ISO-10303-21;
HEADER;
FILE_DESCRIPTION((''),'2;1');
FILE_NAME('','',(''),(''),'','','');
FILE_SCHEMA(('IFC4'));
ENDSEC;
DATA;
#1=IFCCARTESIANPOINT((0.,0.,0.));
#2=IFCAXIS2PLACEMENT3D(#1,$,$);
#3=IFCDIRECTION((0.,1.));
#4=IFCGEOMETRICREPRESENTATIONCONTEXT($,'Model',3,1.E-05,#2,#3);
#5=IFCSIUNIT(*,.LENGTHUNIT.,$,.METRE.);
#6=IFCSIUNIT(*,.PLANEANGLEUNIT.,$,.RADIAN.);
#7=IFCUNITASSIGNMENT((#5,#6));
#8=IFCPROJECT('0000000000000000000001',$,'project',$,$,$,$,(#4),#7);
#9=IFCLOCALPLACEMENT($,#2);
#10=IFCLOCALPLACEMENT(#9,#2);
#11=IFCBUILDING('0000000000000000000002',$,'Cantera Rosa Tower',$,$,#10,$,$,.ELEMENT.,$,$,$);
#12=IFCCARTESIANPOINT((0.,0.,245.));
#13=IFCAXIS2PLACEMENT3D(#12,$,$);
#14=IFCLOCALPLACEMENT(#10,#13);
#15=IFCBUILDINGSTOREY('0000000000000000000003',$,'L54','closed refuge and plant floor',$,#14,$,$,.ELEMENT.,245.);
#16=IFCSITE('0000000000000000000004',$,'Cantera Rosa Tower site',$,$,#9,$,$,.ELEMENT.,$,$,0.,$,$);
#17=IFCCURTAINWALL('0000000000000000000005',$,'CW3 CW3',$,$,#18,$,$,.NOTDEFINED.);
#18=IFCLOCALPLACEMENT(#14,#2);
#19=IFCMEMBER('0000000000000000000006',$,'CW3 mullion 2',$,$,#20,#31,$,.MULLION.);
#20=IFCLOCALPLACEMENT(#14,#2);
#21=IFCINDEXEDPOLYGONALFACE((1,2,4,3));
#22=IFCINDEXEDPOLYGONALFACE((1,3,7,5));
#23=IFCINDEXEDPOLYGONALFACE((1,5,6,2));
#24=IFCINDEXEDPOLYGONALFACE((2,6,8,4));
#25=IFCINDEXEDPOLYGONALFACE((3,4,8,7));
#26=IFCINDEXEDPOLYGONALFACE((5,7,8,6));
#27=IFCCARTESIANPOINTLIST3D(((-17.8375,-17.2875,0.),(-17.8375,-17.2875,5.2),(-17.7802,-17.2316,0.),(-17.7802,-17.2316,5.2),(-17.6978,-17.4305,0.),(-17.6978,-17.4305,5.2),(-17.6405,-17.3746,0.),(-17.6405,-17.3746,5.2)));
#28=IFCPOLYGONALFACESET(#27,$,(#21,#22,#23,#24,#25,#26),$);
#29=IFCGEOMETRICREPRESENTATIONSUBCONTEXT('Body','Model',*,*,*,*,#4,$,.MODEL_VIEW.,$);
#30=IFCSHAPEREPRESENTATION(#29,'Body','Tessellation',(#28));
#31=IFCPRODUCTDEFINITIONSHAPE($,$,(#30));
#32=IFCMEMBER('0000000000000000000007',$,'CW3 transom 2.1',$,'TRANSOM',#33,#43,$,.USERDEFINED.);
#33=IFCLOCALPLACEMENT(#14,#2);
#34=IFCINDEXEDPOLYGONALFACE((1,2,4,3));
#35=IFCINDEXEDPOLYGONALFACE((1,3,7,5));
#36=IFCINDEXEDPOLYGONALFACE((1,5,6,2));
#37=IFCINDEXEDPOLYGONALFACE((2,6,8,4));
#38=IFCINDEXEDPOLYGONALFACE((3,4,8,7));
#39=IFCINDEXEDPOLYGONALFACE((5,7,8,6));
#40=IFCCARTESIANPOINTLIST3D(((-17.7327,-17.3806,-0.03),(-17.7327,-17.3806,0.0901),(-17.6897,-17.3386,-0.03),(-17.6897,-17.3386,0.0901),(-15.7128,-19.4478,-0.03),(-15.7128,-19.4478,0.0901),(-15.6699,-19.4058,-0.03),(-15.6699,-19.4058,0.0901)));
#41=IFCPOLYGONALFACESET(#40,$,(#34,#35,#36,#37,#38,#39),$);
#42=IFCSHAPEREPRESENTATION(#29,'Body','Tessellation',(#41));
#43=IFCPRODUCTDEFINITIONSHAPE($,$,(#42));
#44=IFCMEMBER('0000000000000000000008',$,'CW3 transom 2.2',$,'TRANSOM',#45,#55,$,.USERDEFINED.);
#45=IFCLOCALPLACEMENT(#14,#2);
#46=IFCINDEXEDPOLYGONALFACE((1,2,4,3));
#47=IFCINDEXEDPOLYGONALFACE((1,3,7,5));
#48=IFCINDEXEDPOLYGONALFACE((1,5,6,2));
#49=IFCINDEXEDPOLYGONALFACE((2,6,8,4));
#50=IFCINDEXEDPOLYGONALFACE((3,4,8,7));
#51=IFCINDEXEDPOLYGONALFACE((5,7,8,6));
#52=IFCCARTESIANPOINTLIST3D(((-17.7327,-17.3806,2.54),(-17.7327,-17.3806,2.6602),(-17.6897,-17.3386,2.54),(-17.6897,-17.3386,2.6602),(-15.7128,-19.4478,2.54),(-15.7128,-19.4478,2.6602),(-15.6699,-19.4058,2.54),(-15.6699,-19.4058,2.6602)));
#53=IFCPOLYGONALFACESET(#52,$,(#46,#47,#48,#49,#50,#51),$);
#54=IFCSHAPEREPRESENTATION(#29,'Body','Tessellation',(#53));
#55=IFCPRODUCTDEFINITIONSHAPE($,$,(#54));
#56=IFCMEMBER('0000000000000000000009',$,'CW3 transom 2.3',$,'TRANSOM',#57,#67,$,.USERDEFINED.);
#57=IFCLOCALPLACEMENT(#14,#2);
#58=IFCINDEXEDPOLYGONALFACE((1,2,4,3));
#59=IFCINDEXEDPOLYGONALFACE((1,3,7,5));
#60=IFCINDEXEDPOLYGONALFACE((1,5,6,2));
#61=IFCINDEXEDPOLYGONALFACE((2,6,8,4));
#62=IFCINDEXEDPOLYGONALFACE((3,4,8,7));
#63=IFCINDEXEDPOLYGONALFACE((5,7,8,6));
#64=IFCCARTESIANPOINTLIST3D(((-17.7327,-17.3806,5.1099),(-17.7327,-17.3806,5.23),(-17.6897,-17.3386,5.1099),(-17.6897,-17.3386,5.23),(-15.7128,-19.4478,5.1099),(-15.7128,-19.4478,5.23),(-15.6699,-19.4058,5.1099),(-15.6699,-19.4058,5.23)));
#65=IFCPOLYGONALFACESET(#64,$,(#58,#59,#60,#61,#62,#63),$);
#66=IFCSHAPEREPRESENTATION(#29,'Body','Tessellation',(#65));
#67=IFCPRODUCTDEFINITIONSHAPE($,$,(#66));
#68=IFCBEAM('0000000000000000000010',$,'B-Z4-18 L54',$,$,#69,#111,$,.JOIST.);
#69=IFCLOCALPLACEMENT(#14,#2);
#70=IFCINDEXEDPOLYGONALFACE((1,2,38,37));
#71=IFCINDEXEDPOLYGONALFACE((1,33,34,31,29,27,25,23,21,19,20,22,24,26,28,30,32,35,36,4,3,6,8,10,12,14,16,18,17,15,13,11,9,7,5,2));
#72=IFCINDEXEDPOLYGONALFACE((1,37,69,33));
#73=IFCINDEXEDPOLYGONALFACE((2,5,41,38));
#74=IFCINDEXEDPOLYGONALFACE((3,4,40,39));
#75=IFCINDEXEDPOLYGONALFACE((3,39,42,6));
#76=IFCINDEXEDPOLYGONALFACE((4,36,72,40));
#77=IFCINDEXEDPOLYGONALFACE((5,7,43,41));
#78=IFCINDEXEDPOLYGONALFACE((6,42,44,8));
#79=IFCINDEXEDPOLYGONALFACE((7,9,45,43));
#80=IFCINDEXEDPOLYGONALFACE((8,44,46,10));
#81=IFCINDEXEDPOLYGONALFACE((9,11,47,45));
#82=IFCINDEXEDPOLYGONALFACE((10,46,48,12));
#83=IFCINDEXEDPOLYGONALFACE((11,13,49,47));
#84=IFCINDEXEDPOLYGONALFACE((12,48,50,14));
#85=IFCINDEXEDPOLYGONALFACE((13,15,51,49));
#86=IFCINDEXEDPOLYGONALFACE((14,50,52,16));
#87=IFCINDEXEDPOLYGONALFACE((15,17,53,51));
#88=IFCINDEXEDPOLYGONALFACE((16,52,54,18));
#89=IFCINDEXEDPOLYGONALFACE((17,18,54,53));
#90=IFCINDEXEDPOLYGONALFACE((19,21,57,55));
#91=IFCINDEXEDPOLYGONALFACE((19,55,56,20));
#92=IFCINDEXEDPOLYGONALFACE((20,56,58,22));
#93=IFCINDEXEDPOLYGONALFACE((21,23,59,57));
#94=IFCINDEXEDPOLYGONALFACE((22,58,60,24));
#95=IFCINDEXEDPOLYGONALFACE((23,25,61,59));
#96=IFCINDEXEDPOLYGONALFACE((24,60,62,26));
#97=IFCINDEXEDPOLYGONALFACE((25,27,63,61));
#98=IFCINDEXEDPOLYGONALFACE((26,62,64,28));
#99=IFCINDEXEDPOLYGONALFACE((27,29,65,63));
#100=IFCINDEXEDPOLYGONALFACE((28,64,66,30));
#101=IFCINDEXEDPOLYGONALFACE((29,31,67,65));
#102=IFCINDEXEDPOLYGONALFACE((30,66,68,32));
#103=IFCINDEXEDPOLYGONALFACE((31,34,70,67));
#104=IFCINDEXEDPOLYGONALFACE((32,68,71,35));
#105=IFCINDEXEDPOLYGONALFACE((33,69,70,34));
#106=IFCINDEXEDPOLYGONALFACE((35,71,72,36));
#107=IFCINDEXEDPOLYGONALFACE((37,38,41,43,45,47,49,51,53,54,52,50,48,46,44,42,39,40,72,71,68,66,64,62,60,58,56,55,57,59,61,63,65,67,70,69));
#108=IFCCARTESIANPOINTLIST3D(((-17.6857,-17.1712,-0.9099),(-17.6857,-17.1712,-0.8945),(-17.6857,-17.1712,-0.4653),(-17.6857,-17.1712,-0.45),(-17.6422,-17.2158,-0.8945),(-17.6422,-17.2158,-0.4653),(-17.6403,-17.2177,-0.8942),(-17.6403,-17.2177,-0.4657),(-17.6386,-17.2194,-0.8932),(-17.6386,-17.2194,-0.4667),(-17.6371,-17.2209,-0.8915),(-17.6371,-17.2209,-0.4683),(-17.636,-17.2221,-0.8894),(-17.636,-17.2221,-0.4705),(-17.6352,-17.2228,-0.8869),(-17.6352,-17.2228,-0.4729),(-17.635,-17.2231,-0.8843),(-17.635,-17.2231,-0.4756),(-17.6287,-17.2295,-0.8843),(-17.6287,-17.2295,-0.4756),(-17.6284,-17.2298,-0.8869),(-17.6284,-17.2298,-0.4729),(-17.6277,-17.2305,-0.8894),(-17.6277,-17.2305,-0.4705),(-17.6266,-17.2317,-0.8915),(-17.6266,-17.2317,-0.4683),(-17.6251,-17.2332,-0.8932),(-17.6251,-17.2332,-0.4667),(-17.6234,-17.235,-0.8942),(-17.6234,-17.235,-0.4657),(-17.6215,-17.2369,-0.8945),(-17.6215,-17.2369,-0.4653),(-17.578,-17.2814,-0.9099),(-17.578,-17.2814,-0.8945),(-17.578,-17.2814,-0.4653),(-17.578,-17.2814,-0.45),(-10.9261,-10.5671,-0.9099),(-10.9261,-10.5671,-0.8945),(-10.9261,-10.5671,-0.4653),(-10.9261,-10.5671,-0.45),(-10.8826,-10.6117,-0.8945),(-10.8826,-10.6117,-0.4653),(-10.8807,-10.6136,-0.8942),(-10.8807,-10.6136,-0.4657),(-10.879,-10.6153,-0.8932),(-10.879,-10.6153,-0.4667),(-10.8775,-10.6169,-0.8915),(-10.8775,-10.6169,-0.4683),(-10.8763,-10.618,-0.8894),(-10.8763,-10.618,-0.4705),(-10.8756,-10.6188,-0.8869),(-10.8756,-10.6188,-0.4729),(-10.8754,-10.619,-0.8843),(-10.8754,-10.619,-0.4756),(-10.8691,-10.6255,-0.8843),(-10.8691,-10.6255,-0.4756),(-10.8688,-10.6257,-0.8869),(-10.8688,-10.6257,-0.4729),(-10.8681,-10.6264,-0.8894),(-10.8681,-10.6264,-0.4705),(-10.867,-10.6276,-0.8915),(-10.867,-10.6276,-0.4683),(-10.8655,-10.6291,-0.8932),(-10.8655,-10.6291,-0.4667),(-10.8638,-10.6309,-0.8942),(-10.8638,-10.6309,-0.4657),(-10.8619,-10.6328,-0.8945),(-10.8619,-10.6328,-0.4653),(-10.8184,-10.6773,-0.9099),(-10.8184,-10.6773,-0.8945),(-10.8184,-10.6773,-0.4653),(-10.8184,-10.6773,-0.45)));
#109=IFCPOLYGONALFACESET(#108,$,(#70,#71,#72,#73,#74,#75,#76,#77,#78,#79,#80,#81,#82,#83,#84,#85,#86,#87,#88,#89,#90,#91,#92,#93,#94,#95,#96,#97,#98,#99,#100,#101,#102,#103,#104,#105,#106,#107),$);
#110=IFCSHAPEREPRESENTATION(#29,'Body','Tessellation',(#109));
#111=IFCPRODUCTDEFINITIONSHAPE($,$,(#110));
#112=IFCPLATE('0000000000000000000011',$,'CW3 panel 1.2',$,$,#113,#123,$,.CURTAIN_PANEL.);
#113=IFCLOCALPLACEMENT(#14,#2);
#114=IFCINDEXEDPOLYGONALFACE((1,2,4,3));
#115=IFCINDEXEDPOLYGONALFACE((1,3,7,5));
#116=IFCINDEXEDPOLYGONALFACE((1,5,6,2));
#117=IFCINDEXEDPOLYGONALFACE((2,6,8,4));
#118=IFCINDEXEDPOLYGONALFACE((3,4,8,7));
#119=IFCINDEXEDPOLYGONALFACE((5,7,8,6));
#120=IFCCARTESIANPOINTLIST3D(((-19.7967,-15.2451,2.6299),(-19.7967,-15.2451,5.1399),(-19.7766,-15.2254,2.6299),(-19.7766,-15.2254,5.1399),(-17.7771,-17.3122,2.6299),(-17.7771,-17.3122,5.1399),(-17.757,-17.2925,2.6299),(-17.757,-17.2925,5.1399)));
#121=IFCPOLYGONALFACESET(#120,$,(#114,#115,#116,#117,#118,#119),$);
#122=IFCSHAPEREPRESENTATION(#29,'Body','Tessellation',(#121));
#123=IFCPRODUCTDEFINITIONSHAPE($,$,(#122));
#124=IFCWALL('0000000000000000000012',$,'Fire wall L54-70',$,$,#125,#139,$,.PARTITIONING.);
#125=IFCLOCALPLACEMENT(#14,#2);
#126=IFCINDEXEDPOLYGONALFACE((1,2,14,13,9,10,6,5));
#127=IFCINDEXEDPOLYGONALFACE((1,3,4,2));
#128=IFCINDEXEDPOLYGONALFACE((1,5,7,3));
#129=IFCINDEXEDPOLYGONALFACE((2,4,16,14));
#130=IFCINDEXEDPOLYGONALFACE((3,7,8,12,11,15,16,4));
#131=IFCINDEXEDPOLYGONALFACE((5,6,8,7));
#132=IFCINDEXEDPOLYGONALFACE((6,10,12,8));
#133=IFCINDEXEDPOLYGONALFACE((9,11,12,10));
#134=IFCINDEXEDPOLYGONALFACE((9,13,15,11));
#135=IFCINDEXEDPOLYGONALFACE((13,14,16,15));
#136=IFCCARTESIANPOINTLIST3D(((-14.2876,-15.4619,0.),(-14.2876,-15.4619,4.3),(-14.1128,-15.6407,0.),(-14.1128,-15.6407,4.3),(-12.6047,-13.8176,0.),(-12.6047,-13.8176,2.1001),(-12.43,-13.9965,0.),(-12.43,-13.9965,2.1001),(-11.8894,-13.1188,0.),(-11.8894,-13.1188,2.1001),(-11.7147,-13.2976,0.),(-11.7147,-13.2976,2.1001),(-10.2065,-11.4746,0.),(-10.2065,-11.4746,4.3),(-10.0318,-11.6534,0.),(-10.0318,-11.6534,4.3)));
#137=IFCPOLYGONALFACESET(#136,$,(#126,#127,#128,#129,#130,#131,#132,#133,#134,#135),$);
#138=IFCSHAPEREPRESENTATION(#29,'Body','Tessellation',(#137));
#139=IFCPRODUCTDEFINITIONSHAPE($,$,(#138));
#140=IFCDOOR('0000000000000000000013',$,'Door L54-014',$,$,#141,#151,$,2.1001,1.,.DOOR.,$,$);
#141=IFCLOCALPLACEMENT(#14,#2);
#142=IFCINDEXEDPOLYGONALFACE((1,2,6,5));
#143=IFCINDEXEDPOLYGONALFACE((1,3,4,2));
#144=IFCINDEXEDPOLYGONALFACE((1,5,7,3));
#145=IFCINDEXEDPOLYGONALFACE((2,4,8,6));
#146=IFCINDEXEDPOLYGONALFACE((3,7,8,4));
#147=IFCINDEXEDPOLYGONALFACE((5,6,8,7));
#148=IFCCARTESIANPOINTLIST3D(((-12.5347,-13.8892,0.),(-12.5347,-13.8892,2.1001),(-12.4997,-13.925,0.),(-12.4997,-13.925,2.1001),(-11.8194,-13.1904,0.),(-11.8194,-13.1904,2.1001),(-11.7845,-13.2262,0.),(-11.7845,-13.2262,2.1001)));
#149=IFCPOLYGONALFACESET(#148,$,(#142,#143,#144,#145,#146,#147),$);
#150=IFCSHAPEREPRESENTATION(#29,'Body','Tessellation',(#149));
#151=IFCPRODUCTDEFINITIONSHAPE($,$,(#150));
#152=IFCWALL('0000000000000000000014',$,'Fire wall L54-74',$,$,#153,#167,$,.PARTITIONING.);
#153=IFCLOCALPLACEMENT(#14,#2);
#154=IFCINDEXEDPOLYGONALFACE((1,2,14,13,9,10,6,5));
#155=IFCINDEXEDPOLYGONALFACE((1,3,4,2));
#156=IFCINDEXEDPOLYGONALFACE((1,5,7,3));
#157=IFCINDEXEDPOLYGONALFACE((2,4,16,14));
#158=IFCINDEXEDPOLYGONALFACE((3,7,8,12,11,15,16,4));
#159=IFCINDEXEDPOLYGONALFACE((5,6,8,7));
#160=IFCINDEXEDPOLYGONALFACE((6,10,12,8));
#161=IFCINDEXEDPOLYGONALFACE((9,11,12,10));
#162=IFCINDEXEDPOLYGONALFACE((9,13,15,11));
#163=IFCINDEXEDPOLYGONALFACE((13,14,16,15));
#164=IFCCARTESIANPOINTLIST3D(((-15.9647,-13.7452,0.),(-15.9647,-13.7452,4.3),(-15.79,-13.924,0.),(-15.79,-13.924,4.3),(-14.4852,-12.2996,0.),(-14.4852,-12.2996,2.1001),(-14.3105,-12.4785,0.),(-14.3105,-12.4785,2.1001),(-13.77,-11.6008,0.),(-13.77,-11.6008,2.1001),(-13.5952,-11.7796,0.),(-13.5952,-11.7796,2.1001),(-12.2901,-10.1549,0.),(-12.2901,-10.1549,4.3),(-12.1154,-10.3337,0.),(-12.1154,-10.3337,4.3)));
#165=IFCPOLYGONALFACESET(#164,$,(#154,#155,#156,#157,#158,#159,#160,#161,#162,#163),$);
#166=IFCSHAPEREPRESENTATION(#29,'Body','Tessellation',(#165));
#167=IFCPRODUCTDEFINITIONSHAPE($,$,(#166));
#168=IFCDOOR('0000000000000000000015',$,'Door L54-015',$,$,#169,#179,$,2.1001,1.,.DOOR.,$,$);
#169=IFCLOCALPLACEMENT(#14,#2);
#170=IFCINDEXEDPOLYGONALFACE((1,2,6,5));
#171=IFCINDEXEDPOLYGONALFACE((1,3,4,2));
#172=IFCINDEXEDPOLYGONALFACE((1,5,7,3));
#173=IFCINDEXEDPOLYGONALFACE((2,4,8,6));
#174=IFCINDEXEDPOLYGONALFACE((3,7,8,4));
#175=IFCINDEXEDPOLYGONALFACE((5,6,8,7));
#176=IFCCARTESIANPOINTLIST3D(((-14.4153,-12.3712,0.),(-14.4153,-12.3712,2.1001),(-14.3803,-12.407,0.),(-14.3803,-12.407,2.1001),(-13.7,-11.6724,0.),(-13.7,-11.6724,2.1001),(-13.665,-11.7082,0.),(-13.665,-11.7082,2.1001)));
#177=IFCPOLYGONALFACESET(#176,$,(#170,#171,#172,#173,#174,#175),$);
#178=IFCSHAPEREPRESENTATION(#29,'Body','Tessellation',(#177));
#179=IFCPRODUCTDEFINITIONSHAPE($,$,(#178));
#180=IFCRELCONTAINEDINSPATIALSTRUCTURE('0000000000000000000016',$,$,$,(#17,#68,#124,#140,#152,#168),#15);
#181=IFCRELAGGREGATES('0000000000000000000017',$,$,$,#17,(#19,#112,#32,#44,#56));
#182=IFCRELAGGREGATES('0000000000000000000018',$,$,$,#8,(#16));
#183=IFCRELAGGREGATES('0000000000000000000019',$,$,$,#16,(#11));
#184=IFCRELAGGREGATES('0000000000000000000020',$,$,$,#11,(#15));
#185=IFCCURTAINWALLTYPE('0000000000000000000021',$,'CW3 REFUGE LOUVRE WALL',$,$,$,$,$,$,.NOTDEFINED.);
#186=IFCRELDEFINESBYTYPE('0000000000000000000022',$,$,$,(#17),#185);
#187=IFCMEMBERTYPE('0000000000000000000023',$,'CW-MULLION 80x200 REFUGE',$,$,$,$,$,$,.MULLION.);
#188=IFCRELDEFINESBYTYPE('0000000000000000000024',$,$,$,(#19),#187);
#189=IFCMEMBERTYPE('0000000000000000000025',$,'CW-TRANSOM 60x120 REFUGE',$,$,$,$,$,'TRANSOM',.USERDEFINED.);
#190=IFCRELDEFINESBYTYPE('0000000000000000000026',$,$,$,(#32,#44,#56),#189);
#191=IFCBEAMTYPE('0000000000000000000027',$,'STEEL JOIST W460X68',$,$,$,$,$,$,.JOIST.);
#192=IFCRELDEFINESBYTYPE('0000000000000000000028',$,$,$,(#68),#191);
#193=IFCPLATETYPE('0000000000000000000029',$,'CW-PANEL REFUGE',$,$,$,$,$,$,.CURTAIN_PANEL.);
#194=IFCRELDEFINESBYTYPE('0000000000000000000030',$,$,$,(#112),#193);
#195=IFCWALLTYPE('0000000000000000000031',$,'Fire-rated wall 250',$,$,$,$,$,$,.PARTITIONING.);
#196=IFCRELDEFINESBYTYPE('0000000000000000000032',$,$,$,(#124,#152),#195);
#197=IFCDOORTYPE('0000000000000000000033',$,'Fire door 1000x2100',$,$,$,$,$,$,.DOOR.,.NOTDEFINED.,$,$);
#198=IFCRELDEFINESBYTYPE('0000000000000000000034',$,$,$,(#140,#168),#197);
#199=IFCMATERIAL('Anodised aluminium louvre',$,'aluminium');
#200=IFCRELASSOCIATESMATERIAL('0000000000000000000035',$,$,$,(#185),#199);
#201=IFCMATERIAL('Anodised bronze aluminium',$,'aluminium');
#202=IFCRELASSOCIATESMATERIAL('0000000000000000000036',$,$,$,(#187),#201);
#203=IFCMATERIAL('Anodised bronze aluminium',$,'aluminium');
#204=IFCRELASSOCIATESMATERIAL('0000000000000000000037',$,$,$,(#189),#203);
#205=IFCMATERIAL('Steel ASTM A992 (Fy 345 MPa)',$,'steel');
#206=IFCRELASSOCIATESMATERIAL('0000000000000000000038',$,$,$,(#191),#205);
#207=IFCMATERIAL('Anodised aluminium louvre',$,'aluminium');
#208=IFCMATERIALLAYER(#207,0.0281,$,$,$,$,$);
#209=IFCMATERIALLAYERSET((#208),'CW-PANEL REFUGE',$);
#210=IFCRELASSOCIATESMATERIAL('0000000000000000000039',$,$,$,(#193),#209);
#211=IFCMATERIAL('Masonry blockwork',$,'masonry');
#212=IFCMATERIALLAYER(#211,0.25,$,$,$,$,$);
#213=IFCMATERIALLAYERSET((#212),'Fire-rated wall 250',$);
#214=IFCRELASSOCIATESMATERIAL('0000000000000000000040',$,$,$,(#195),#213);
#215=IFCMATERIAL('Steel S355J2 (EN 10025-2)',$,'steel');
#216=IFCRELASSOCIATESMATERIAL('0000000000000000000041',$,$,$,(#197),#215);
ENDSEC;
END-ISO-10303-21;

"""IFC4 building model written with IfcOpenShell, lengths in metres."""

from ifc_helpers import new_model, si_unit, direction, frame, frame_2d, origin, origin_2d, place, context, subcontext, project, spatial, rectangle, i_section, extrude, material, layer, layer_set, material_profile, profile_set, type_object, element, fill, aggregate, save


model = new_model("IFC4")

# Units and contexts
model_context = context("Model", 3, precision=1e-05, world=origin(), true_north=direction((0.0, 1.0)))
body_context = subcontext(model_context, "Body", "Model", "MODEL_VIEW")
ifc_project = project(units=[si_unit("LENGTHUNIT", "METRE"), si_unit("PLANEANGLEUNIT", "RADIAN")], contexts=[model_context])

# Site, building, storey
site_placement = place(None, origin())
site = spatial("IfcSite", under=ifc_project, at=site_placement, Name="Cantera Rosa Tower site", CompositionType="ELEMENT", RefElevation=0.0)
building_placement = place(site_placement, origin())
building = spatial("IfcBuilding", under=site, at=building_placement, Name="Cantera Rosa Tower", CompositionType="ELEMENT")
storey_placement = place(building_placement, frame((0.0, 0.0, 245.0)))
storey = spatial("IfcBuildingStorey", under=building, at=storey_placement, Name="L54", Description="closed refuge and plant floor", CompositionType="ELEMENT", Elevation=245.0)

# Curtain wall, members
ifc_material_1 = material(Name="Anodised aluminium louvre", Category="aluminium")
curtain_wall_type = type_object("IfcCurtainWallType", Name="CW3 REFUGE LOUVRE WALL", PredefinedType="NOTDEFINED", material=ifc_material_1)
curtain_wall_placement = place(storey_placement, origin())
curtain_wall = element("IfcCurtainWall", 1, at=curtain_wall_placement, inside=storey, type_object=curtain_wall_type, Name="CW3 CW3", PredefinedType="NOTDEFINED")
ifc_material_2 = material(Name="Anodised bronze aluminium", Category="aluminium")
ifc_material_profile_1 = material_profile(ifc_material_2, rectangle(XDim=0.0801, YDim=0.2, at=origin_2d()), Name="CW-MULLION 80x200 REFUGE")
ifc_profile_set_1 = profile_set([ifc_material_profile_1], Name="Anodised bronze aluminium")
member_type_1 = type_object("IfcMemberType", Name="CW-MULLION 80x200 REFUGE", PredefinedType="MULLION", material=ifc_profile_set_1)
member_1_placement = place(storey_placement, frame((-17.739, -17.3311, 0.0), z_axis=(0.0, 0.0, 1.0), x_axis=(0.715286, 0.698832, 0.0)))
member_1 = element("IfcMember", 2, at=member_1_placement, type_object=member_type_1, Name="CW3 mullion 2", PredefinedType="MULLION", context=body_context, shape_type="SweptSolid", body=[
    extrude(rectangle(XDim=0.0801, YDim=0.2, at=origin_2d()), origin(), (0.0, 0.0, 1.0), 5.2),
])
ifc_material_3 = material(Name="Anodised bronze aluminium", Category="aluminium")
ifc_material_profile_2 = material_profile(ifc_material_3, rectangle(XDim=0.0601, YDim=0.1201, at=origin_2d()), Name="CW-TRANSOM 60x120 REFUGE")
ifc_profile_set_2 = profile_set([ifc_material_profile_2], Name="Anodised bronze aluminium")
member_type_2 = type_object("IfcMemberType", Name="CW-TRANSOM 60x120 REFUGE", ElementType="TRANSOM", PredefinedType="USERDEFINED", material=ifc_profile_set_2)
member_2_placement = place(storey_placement, frame((-17.7112, -17.3596, 0.03), z_axis=(0.698865, -0.715253, 0.0), x_axis=(0.715253, 0.698865, 0.0)))
member_2 = element("IfcMember", 3, at=member_2_placement, type_object=member_type_2, Name="CW3 transom 2.1", ObjectType="TRANSOM", PredefinedType="USERDEFINED", context=body_context, shape_type="SweptSolid", body=[
    extrude(rectangle(XDim=0.0601, YDim=0.1201, at=origin_2d()), origin(), (0.0, 0.0, 1.0), 2.8901),
])
member_3_placement = place(storey_placement, frame((-17.7112, -17.3596, 2.6001), z_axis=(0.698865, -0.715253, 0.0), x_axis=(0.715253, 0.698865, 0.0)))
member_3 = element("IfcMember", 4, at=member_3_placement, type_object=member_type_2, Name="CW3 transom 2.2", ObjectType="TRANSOM", PredefinedType="USERDEFINED", context=body_context, shape_type="SweptSolid", body=[
    extrude(rectangle(XDim=0.0601, YDim=0.1201, at=origin_2d()), origin(), (0.0, 0.0, 1.0), 2.8901),
])
member_4_placement = place(storey_placement, frame((-17.7112, -17.3596, 5.1699), z_axis=(0.698865, -0.715253, 0.0), x_axis=(0.715253, 0.698865, 0.0)))
member_4 = element("IfcMember", 5, at=member_4_placement, type_object=member_type_2, Name="CW3 transom 2.3", ObjectType="TRANSOM", PredefinedType="USERDEFINED", context=body_context, shape_type="SweptSolid", body=[
    extrude(rectangle(XDim=0.0601, YDim=0.1201, at=origin_2d()), origin(), (0.0, 0.0, 1.0), 2.8901),
])

# Beam
ifc_material_4 = material(Name="Steel ASTM A992 (Fy 345 MPa)", Category="steel")
ifc_material_profile_3 = material_profile(ifc_material_4, i_section(OverallWidth=0.1541, OverallDepth=0.46, WebThickness=0.009, FlangeThickness=0.0154, FilletRadius=0.0103, at=origin_2d()), Name="W460X68")
ifc_profile_set_3 = profile_set([ifc_material_profile_3], Name="Steel ASTM A992 (Fy 345 MPa)")
beam_type = type_object("IfcBeamType", Name="STEEL JOIST W460X68", PredefinedType="JOIST", material=ifc_profile_set_3)
beam_placement = place(storey_placement, frame((-17.6318, -17.2263, -0.6799), z_axis=(0.715287, 0.698831, 0.0), x_axis=(-0.698831, 0.715287, 0.0)))
element("IfcBeam", 6, at=beam_placement, inside=storey, type_object=beam_type, Name="B-Z4-18 L54", PredefinedType="JOIST", context=body_context, shape_type="SweptSolid", body=[
    extrude(i_section(OverallWidth=0.1541, OverallDepth=0.46, WebThickness=0.009, FlangeThickness=0.0154, FilletRadius=0.0103, at=origin_2d()), origin(), (0.0, 0.0, 1.0), 9.4502),
])

# Plate
ifc_material_5 = material(Name="Anodised aluminium louvre", Category="aluminium")
ifc_layer_1 = layer(ifc_material_5, 0.0281)
ifc_layer_set_1 = layer_set([ifc_layer_1], Name="CW-PANEL REFUGE")
plate_type = type_object("IfcPlateType", Name="CW-PANEL REFUGE", PredefinedType="CURTAIN_PANEL", material=ifc_layer_set_1)
plate_placement = place(storey_placement, frame((-18.7769, -16.2688, 2.6299), z_axis=(0.0, 0.0, 1.0), x_axis=(0.698832, -0.715286, 0.0)))
plate = element("IfcPlate", 7, at=plate_placement, type_object=plate_type, Name="CW3 panel 1.2", PredefinedType="CURTAIN_PANEL", context=body_context, shape_type="SweptSolid", body=[
    extrude(rectangle(XDim=2.8899, YDim=0.0281, at=origin_2d()), origin(), (0.0, 0.0, 1.0), 2.51),
])
aggregate(curtain_wall, [member_1, plate, member_2, member_3, member_4])

# Walls, openings, doors
ifc_material_6 = material(Name="Masonry blockwork", Category="masonry")
ifc_layer_2 = layer(ifc_material_6, 0.25)
ifc_layer_set_2 = layer_set([ifc_layer_2], Name="Fire-rated wall 250")
wall_type_1 = type_object("IfcWallType", Name="Fire-rated wall 250", PredefinedType="PARTITIONING", material=ifc_layer_set_2)
wall_1_placement = place(storey_placement, frame((-14.2002, -15.5513, 0.0), z_axis=(0.0, 0.0, 1.0), x_axis=(0.715275, 0.698843, 0.0)))
wall_1 = element("IfcWall", 8, at=wall_1_placement, inside=storey, type_object=wall_type_1, Name="Fire wall L54-70", PredefinedType="PARTITIONING", context=body_context, shape_type="SweptSolid", body=[
    extrude(rectangle(XDim=5.7056, YDim=0.25, at=frame_2d((2.8528, 0.0))), origin(), (0.0, 0.0, 1.0), 4.3),
])
opening_1_placement = place(wall_1_placement, frame((2.3528, 0.0, 0.0)))
opening_1 = element("IfcOpeningElement", 9, at=opening_1_placement, cuts=wall_1, PredefinedType="OPENING", context=body_context, shape_type="SweptSolid", body=[
    extrude(rectangle(XDim=1.0, YDim=2.1001, at=frame_2d((0.5, 1.05))), frame((0.0, 0.135, 0.0), z_axis=(0.0, -1.0, 0.0), x_axis=(1.0, 0.0, 0.0)), (0.0, 0.0, 1.0), 0.27),
])
ifc_material_7 = material(Name="Steel S355J2 (EN 10025-2)", Category="steel")
door_type = type_object("IfcDoorType", Name="Fire door 1000x2100", OperationType="NOTDEFINED", PredefinedType="DOOR", material=ifc_material_7)
door_1_placement = place(opening_1_placement, origin())
door_1 = element("IfcDoor", 10, at=door_1_placement, inside=storey, type_object=door_type, Name="Door L54-014", OverallHeight=2.1001, OverallWidth=1.0, PredefinedType="DOOR", context=body_context, shape_type="SweptSolid", body=[
    extrude(rectangle(XDim=1.0, YDim=2.1001, at=frame_2d((0.5, 1.05))), frame((0.0, 0.0249, 0.0), z_axis=(0.0, -1.0, 0.0), x_axis=(1.0, 0.0, 0.0)), (0.0, 0.0, 1.0), 0.05),
])
fill(opening_1, door_1)
wall_2_placement = place(storey_placement, frame((-15.8774, -13.8347, 0.0), z_axis=(0.0, 0.0, 1.0), x_axis=(0.715257, 0.698862, 0.0)))
wall_2 = element("IfcWall", 11, at=wall_2_placement, inside=storey, type_object=wall_type_1, Name="Fire wall L54-74", PredefinedType="PARTITIONING", context=body_context, shape_type="SweptSolid", body=[
    extrude(rectangle(XDim=5.1375, YDim=0.25, at=frame_2d((2.5688, 0.0))), origin(), (0.0, 0.0, 1.0), 4.3),
])
opening_2_placement = place(wall_2_placement, frame((2.0686, 0.0, 0.0)))
opening_2 = element("IfcOpeningElement", 12, at=opening_2_placement, cuts=wall_2, PredefinedType="OPENING", context=body_context, shape_type="SweptSolid", body=[
    extrude(rectangle(XDim=1.0, YDim=2.1001, at=frame_2d((0.5, 1.05))), frame((0.0, 0.135, 0.0), z_axis=(0.0, -1.0, 0.0), x_axis=(1.0, 0.0, 0.0)), (0.0, 0.0, 1.0), 0.27),
])
door_2_placement = place(opening_2_placement, origin())
door_2 = element("IfcDoor", 13, at=door_2_placement, inside=storey, type_object=door_type, Name="Door L54-015", OverallHeight=2.1001, OverallWidth=1.0, PredefinedType="DOOR", context=body_context, shape_type="SweptSolid", body=[
    extrude(rectangle(XDim=1.0, YDim=2.1001, at=frame_2d((0.5, 1.05))), frame((0.0, 0.0249, 0.0), z_axis=(0.0, -1.0, 0.0), x_axis=(1.0, 0.0, 0.0)), (0.0, 0.0, 1.0), 0.05),
])
fill(opening_2, door_2)

save(model, "model.ifc")
